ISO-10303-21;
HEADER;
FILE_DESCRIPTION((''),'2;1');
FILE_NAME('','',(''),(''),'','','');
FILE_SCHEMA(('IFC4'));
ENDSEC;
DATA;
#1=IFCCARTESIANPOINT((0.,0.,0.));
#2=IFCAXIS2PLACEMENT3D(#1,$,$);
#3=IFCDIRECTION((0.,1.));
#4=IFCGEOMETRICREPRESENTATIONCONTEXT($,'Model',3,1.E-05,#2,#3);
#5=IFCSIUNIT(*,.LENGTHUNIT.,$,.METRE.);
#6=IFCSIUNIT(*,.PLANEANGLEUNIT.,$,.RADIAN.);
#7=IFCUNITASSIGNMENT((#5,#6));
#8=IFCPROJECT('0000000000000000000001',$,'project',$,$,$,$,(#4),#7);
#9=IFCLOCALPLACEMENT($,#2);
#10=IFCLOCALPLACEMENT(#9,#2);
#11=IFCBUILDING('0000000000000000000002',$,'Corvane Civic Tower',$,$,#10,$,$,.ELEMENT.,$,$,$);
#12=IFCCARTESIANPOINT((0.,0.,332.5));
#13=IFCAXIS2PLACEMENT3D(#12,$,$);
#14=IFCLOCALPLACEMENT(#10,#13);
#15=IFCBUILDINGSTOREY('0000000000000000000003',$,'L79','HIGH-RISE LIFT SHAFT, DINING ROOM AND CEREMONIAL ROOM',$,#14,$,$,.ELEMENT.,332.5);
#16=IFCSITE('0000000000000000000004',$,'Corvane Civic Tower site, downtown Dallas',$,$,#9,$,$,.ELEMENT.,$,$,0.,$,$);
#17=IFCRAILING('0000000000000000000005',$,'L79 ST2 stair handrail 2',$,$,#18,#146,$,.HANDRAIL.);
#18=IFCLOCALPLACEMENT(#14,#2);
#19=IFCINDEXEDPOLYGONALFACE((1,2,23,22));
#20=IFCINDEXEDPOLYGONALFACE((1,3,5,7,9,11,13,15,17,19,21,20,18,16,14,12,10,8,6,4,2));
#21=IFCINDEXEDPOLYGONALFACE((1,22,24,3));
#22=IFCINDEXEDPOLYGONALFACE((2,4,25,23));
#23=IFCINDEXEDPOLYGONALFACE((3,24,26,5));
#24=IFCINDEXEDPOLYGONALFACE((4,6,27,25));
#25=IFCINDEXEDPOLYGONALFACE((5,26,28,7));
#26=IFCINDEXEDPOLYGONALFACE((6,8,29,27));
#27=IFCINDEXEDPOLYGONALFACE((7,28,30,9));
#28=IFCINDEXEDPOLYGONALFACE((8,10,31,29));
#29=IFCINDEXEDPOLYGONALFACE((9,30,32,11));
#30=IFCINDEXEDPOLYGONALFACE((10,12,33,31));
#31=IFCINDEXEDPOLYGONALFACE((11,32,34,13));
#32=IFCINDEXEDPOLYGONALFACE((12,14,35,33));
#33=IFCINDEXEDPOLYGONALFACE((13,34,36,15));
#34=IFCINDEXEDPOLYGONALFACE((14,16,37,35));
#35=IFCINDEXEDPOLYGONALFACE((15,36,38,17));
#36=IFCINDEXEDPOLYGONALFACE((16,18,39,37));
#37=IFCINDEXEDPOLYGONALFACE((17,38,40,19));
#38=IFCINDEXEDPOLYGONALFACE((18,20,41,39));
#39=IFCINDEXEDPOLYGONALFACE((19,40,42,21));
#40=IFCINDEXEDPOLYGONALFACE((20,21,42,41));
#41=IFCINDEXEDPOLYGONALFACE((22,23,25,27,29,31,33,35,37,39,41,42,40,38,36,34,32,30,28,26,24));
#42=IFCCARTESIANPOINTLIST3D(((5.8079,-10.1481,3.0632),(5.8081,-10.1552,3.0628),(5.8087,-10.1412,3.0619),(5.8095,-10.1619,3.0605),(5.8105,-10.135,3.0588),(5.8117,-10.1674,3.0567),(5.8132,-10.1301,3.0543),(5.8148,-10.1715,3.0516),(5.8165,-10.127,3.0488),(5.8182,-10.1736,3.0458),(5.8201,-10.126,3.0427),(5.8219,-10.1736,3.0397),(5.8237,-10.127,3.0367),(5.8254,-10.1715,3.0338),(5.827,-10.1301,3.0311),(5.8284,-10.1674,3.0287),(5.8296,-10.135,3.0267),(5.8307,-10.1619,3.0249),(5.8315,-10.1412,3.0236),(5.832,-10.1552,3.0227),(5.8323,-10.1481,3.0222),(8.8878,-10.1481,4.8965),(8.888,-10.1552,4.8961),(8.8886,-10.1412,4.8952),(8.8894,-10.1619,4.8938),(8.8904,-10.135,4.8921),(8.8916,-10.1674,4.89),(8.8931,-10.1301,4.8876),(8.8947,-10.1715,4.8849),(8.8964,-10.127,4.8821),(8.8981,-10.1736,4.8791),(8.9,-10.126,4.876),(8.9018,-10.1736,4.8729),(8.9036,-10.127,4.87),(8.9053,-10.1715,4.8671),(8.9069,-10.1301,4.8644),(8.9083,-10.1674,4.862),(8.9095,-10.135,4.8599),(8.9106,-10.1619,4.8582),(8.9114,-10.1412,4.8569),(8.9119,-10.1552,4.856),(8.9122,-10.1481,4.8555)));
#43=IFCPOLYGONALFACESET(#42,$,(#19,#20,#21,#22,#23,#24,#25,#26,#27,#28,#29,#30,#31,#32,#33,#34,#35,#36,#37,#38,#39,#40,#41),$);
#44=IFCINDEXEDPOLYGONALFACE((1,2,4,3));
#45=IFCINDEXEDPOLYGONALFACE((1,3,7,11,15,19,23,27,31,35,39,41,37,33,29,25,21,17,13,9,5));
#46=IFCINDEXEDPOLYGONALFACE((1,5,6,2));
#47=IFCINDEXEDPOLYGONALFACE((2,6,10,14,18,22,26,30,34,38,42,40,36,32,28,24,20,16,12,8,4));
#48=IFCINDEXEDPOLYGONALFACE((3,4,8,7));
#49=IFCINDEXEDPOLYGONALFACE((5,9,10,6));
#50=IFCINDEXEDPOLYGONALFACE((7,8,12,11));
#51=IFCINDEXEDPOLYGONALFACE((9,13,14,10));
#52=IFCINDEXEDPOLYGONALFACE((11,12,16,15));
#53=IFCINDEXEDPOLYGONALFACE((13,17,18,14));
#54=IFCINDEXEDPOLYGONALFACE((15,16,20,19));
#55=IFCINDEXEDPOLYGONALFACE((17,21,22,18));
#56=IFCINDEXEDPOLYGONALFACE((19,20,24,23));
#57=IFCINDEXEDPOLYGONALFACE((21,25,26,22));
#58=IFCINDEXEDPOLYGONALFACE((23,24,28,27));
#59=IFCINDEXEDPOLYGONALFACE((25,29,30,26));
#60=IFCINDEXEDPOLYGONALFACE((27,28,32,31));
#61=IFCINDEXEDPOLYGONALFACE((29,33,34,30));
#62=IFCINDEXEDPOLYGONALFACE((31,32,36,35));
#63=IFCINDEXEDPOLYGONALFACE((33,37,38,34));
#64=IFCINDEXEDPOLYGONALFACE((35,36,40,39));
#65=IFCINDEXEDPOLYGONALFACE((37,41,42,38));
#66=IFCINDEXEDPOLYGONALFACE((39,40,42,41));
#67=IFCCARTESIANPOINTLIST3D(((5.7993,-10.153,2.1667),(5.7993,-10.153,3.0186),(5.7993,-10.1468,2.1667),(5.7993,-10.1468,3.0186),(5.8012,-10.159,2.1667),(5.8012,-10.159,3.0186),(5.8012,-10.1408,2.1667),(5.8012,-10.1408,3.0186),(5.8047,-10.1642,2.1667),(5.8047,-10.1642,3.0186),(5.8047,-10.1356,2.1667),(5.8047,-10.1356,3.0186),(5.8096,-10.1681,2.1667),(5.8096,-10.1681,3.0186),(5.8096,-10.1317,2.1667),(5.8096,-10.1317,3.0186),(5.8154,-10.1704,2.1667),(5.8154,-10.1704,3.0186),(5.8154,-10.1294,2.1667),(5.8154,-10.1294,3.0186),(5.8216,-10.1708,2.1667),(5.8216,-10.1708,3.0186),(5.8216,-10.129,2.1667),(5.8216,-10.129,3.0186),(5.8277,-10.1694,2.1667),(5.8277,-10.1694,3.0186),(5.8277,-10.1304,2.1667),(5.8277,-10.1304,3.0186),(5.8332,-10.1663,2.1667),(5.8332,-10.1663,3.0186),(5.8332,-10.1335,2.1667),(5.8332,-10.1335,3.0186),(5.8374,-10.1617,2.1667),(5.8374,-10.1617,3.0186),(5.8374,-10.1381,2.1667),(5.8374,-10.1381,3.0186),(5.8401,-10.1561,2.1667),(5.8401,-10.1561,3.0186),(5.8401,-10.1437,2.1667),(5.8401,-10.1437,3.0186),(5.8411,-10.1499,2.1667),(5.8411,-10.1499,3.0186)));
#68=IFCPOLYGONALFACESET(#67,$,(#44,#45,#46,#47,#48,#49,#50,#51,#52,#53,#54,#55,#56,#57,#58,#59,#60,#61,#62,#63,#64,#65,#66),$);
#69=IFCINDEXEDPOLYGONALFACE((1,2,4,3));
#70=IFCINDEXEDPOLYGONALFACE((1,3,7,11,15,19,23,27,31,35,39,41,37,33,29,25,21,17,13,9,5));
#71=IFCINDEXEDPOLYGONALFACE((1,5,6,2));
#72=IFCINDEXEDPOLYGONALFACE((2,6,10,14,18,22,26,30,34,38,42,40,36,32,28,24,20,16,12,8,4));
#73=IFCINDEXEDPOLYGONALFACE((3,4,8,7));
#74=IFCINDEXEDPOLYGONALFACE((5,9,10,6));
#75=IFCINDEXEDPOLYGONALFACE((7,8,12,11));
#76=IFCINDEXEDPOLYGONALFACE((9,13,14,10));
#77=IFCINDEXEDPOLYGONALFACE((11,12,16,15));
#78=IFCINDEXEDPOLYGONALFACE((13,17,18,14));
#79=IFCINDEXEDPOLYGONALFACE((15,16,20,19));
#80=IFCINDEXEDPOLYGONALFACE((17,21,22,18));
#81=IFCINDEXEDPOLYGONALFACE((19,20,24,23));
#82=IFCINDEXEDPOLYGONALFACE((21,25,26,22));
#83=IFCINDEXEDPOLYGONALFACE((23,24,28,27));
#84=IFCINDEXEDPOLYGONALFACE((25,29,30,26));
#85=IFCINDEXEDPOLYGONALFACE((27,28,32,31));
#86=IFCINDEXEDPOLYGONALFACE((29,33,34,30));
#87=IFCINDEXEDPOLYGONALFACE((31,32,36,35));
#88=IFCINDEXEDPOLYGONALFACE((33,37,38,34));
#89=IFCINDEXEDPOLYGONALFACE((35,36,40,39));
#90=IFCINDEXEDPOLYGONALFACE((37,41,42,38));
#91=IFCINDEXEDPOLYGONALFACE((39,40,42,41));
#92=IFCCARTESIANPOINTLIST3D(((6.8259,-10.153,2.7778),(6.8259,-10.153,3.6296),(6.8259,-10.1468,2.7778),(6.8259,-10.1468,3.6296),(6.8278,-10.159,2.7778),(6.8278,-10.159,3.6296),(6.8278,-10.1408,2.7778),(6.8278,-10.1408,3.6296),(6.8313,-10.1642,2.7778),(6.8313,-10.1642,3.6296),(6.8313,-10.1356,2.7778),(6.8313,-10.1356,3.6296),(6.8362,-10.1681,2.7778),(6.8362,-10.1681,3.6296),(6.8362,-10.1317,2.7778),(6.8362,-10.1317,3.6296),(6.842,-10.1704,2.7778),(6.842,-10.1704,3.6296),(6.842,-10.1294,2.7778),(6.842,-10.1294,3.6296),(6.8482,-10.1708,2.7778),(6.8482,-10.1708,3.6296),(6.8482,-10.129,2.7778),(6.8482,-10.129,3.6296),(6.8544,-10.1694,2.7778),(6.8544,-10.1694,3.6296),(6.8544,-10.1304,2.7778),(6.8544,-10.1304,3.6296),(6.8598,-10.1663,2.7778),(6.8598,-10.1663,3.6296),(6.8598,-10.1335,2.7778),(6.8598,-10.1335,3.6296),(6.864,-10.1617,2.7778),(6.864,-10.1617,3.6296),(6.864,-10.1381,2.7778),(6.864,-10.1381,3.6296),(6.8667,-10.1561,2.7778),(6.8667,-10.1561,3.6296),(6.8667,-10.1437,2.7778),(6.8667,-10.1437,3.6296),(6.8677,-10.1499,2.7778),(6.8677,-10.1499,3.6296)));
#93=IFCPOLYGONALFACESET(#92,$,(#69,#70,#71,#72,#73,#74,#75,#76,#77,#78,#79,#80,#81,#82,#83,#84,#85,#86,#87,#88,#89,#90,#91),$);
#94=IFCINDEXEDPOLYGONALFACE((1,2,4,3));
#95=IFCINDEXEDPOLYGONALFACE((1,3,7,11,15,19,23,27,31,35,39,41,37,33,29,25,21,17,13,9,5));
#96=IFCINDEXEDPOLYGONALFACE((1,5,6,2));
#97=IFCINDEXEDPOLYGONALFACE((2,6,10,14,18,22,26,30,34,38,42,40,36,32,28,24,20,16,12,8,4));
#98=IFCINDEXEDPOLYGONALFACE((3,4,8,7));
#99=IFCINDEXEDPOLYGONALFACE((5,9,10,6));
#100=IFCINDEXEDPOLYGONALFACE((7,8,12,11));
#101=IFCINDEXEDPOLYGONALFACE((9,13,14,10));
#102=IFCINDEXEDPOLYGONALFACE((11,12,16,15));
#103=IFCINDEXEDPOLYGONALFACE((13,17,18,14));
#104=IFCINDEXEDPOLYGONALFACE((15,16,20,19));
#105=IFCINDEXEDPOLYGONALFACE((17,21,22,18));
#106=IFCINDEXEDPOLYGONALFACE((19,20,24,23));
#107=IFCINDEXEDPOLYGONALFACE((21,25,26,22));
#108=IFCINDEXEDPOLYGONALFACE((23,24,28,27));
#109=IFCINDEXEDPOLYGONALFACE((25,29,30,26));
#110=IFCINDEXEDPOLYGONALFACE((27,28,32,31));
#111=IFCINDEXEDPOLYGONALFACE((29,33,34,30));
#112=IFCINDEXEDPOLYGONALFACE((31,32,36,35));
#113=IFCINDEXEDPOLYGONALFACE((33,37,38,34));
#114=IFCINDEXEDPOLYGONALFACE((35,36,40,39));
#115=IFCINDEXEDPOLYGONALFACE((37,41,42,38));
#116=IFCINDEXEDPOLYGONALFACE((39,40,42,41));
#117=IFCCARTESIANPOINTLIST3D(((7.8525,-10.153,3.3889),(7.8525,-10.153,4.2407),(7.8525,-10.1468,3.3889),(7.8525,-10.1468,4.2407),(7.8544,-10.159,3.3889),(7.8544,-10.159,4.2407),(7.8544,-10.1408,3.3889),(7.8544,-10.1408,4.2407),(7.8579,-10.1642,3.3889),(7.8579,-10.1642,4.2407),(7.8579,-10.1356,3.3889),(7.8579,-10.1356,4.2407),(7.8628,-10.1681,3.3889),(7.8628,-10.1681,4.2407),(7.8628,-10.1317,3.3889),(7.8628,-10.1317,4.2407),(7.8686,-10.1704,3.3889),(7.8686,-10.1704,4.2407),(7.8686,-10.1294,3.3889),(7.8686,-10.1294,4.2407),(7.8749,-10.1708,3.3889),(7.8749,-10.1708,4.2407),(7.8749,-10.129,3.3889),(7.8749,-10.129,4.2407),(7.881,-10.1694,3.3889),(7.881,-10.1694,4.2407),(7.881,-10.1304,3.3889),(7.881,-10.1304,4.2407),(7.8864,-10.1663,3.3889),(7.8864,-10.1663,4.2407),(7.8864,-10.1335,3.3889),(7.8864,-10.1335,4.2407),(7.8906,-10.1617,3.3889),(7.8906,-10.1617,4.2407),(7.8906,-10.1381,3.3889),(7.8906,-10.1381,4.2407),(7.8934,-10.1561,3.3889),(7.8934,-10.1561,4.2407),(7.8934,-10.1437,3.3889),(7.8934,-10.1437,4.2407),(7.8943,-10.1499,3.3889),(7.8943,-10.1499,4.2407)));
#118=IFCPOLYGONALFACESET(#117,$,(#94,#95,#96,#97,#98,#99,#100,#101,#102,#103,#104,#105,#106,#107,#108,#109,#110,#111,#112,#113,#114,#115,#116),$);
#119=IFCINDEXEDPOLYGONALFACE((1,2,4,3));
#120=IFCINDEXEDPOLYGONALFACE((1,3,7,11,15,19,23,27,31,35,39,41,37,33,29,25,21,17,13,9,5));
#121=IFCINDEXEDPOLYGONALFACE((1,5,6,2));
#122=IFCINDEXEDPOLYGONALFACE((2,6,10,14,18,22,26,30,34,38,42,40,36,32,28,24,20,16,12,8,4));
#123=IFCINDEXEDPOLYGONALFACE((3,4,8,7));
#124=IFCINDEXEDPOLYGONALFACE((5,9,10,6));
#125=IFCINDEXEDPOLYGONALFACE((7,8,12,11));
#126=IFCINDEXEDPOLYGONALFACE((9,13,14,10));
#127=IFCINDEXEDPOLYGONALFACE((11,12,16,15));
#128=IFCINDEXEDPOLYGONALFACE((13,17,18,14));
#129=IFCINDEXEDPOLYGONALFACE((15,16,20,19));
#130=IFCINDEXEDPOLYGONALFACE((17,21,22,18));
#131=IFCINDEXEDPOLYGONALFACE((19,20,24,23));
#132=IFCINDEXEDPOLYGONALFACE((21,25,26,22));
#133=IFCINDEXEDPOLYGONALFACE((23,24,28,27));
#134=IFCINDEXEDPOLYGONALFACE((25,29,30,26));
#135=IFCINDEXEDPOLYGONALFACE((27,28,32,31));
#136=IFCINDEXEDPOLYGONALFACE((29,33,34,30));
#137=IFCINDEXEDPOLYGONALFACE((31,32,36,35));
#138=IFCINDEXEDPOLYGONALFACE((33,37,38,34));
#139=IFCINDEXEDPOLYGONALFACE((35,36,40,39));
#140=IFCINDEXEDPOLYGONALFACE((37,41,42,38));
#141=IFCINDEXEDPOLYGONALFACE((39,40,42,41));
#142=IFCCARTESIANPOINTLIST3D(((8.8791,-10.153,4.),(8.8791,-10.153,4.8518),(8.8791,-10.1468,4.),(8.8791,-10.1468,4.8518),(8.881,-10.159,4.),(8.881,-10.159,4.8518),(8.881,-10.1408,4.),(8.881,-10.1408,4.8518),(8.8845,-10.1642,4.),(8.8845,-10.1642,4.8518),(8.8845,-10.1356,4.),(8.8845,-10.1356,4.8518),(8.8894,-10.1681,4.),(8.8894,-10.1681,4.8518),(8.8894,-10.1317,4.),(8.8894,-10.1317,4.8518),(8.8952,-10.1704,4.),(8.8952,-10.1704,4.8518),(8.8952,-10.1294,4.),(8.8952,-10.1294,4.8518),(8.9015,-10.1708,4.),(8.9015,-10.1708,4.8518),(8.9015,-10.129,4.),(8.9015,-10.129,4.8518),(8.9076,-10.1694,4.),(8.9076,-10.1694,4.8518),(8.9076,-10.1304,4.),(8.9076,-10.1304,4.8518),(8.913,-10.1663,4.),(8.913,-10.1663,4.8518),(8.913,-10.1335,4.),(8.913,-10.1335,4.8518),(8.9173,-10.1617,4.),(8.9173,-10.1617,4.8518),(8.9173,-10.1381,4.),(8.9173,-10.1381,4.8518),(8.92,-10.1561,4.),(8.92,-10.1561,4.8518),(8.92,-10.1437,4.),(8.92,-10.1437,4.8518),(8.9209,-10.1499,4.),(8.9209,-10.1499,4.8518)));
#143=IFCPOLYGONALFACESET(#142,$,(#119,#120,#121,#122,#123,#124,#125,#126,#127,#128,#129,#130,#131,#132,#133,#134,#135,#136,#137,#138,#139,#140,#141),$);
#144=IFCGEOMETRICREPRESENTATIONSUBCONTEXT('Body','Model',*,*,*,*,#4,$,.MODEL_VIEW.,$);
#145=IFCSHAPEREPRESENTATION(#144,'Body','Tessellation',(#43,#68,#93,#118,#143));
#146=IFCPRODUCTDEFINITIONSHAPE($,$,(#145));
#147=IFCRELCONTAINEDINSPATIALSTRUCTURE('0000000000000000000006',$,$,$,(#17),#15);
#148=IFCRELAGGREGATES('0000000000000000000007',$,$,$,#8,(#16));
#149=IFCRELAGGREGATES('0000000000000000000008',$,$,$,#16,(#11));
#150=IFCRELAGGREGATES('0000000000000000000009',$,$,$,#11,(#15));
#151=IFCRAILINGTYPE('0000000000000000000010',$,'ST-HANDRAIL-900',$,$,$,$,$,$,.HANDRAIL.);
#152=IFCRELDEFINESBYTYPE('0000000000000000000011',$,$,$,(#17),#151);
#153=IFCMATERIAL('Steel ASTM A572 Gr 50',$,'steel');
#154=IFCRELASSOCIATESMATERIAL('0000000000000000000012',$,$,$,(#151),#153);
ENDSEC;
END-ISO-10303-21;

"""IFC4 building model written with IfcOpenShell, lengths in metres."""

from ifc_helpers import new_model, si_unit, direction, frame, origin, origin_2d, place, context, subcontext, project, spatial, circle, extrude, material, type_object, element, save


model = new_model("IFC4")

# Units and contexts
model_context = context("Model", 3, precision=1e-05, world=origin(), true_north=direction((0.0, 1.0)))
body_context = subcontext(model_context, "Body", "Model", "MODEL_VIEW")
ifc_project = project(units=[si_unit("LENGTHUNIT", "METRE"), si_unit("PLANEANGLEUNIT", "RADIAN")], contexts=[model_context])

# Site, building, storey
site_placement = place(None, origin())
site = spatial("IfcSite", under=ifc_project, at=site_placement, Name="Corvane Civic Tower site, downtown Dallas", CompositionType="ELEMENT", RefElevation=0.0)
building_placement = place(site_placement, origin())
building = spatial("IfcBuilding", under=site, at=building_placement, Name="Corvane Civic Tower", CompositionType="ELEMENT")
storey_placement = place(building_placement, frame((0.0, 0.0, 332.5)))
storey = spatial("IfcBuildingStorey", under=building, at=storey_placement, Name="L79", Description="HIGH-RISE LIFT SHAFT, DINING ROOM AND CEREMONIAL ROOM", CompositionType="ELEMENT", Elevation=332.5)

# Railing
ifc_material_1 = material(Name="Steel ASTM A572 Gr 50", Category="steel")
railing_type_1 = type_object("IfcRailingType", Name="ST-HANDRAIL-900", PredefinedType="HANDRAIL", material=ifc_material_1)
railing_1_placement = place(storey_placement, frame((5.8201, -10.1499, 2.1667)))
element("IfcRailing", 1, at=railing_1_placement, inside=storey, type_object=railing_type_1, Name="L79 ST2 stair handrail 2", PredefinedType="HANDRAIL", context=body_context, shape_type="SweptSolid", body=[
    extrude(circle(Radius=0.0239, at=origin_2d()), frame((0.0, 0.0, 0.876), z_axis=(0.859291, 0.0, 0.511487), x_axis=(0.0, 1.0, 0.0)), (0.0, 0.0, 1.0), 3.5842),
    extrude(circle(Radius=0.021, at=origin_2d()), origin(), (0.0, 0.0, 1.0), 0.8518),
    extrude(circle(Radius=0.021, at=origin_2d()), frame((1.0266, 0.0, 0.6111)), (0.0, 0.0, 1.0), 0.8518),
    extrude(circle(Radius=0.021, at=origin_2d()), frame((2.0532, 0.0, 1.2222)), (0.0, 0.0, 1.0), 0.8518),
    extrude(circle(Radius=0.021, at=origin_2d()), frame((3.0798, 0.0, 1.8333)), (0.0, 0.0, 1.0), 0.8518),
])

save(model, "model.ifc")
